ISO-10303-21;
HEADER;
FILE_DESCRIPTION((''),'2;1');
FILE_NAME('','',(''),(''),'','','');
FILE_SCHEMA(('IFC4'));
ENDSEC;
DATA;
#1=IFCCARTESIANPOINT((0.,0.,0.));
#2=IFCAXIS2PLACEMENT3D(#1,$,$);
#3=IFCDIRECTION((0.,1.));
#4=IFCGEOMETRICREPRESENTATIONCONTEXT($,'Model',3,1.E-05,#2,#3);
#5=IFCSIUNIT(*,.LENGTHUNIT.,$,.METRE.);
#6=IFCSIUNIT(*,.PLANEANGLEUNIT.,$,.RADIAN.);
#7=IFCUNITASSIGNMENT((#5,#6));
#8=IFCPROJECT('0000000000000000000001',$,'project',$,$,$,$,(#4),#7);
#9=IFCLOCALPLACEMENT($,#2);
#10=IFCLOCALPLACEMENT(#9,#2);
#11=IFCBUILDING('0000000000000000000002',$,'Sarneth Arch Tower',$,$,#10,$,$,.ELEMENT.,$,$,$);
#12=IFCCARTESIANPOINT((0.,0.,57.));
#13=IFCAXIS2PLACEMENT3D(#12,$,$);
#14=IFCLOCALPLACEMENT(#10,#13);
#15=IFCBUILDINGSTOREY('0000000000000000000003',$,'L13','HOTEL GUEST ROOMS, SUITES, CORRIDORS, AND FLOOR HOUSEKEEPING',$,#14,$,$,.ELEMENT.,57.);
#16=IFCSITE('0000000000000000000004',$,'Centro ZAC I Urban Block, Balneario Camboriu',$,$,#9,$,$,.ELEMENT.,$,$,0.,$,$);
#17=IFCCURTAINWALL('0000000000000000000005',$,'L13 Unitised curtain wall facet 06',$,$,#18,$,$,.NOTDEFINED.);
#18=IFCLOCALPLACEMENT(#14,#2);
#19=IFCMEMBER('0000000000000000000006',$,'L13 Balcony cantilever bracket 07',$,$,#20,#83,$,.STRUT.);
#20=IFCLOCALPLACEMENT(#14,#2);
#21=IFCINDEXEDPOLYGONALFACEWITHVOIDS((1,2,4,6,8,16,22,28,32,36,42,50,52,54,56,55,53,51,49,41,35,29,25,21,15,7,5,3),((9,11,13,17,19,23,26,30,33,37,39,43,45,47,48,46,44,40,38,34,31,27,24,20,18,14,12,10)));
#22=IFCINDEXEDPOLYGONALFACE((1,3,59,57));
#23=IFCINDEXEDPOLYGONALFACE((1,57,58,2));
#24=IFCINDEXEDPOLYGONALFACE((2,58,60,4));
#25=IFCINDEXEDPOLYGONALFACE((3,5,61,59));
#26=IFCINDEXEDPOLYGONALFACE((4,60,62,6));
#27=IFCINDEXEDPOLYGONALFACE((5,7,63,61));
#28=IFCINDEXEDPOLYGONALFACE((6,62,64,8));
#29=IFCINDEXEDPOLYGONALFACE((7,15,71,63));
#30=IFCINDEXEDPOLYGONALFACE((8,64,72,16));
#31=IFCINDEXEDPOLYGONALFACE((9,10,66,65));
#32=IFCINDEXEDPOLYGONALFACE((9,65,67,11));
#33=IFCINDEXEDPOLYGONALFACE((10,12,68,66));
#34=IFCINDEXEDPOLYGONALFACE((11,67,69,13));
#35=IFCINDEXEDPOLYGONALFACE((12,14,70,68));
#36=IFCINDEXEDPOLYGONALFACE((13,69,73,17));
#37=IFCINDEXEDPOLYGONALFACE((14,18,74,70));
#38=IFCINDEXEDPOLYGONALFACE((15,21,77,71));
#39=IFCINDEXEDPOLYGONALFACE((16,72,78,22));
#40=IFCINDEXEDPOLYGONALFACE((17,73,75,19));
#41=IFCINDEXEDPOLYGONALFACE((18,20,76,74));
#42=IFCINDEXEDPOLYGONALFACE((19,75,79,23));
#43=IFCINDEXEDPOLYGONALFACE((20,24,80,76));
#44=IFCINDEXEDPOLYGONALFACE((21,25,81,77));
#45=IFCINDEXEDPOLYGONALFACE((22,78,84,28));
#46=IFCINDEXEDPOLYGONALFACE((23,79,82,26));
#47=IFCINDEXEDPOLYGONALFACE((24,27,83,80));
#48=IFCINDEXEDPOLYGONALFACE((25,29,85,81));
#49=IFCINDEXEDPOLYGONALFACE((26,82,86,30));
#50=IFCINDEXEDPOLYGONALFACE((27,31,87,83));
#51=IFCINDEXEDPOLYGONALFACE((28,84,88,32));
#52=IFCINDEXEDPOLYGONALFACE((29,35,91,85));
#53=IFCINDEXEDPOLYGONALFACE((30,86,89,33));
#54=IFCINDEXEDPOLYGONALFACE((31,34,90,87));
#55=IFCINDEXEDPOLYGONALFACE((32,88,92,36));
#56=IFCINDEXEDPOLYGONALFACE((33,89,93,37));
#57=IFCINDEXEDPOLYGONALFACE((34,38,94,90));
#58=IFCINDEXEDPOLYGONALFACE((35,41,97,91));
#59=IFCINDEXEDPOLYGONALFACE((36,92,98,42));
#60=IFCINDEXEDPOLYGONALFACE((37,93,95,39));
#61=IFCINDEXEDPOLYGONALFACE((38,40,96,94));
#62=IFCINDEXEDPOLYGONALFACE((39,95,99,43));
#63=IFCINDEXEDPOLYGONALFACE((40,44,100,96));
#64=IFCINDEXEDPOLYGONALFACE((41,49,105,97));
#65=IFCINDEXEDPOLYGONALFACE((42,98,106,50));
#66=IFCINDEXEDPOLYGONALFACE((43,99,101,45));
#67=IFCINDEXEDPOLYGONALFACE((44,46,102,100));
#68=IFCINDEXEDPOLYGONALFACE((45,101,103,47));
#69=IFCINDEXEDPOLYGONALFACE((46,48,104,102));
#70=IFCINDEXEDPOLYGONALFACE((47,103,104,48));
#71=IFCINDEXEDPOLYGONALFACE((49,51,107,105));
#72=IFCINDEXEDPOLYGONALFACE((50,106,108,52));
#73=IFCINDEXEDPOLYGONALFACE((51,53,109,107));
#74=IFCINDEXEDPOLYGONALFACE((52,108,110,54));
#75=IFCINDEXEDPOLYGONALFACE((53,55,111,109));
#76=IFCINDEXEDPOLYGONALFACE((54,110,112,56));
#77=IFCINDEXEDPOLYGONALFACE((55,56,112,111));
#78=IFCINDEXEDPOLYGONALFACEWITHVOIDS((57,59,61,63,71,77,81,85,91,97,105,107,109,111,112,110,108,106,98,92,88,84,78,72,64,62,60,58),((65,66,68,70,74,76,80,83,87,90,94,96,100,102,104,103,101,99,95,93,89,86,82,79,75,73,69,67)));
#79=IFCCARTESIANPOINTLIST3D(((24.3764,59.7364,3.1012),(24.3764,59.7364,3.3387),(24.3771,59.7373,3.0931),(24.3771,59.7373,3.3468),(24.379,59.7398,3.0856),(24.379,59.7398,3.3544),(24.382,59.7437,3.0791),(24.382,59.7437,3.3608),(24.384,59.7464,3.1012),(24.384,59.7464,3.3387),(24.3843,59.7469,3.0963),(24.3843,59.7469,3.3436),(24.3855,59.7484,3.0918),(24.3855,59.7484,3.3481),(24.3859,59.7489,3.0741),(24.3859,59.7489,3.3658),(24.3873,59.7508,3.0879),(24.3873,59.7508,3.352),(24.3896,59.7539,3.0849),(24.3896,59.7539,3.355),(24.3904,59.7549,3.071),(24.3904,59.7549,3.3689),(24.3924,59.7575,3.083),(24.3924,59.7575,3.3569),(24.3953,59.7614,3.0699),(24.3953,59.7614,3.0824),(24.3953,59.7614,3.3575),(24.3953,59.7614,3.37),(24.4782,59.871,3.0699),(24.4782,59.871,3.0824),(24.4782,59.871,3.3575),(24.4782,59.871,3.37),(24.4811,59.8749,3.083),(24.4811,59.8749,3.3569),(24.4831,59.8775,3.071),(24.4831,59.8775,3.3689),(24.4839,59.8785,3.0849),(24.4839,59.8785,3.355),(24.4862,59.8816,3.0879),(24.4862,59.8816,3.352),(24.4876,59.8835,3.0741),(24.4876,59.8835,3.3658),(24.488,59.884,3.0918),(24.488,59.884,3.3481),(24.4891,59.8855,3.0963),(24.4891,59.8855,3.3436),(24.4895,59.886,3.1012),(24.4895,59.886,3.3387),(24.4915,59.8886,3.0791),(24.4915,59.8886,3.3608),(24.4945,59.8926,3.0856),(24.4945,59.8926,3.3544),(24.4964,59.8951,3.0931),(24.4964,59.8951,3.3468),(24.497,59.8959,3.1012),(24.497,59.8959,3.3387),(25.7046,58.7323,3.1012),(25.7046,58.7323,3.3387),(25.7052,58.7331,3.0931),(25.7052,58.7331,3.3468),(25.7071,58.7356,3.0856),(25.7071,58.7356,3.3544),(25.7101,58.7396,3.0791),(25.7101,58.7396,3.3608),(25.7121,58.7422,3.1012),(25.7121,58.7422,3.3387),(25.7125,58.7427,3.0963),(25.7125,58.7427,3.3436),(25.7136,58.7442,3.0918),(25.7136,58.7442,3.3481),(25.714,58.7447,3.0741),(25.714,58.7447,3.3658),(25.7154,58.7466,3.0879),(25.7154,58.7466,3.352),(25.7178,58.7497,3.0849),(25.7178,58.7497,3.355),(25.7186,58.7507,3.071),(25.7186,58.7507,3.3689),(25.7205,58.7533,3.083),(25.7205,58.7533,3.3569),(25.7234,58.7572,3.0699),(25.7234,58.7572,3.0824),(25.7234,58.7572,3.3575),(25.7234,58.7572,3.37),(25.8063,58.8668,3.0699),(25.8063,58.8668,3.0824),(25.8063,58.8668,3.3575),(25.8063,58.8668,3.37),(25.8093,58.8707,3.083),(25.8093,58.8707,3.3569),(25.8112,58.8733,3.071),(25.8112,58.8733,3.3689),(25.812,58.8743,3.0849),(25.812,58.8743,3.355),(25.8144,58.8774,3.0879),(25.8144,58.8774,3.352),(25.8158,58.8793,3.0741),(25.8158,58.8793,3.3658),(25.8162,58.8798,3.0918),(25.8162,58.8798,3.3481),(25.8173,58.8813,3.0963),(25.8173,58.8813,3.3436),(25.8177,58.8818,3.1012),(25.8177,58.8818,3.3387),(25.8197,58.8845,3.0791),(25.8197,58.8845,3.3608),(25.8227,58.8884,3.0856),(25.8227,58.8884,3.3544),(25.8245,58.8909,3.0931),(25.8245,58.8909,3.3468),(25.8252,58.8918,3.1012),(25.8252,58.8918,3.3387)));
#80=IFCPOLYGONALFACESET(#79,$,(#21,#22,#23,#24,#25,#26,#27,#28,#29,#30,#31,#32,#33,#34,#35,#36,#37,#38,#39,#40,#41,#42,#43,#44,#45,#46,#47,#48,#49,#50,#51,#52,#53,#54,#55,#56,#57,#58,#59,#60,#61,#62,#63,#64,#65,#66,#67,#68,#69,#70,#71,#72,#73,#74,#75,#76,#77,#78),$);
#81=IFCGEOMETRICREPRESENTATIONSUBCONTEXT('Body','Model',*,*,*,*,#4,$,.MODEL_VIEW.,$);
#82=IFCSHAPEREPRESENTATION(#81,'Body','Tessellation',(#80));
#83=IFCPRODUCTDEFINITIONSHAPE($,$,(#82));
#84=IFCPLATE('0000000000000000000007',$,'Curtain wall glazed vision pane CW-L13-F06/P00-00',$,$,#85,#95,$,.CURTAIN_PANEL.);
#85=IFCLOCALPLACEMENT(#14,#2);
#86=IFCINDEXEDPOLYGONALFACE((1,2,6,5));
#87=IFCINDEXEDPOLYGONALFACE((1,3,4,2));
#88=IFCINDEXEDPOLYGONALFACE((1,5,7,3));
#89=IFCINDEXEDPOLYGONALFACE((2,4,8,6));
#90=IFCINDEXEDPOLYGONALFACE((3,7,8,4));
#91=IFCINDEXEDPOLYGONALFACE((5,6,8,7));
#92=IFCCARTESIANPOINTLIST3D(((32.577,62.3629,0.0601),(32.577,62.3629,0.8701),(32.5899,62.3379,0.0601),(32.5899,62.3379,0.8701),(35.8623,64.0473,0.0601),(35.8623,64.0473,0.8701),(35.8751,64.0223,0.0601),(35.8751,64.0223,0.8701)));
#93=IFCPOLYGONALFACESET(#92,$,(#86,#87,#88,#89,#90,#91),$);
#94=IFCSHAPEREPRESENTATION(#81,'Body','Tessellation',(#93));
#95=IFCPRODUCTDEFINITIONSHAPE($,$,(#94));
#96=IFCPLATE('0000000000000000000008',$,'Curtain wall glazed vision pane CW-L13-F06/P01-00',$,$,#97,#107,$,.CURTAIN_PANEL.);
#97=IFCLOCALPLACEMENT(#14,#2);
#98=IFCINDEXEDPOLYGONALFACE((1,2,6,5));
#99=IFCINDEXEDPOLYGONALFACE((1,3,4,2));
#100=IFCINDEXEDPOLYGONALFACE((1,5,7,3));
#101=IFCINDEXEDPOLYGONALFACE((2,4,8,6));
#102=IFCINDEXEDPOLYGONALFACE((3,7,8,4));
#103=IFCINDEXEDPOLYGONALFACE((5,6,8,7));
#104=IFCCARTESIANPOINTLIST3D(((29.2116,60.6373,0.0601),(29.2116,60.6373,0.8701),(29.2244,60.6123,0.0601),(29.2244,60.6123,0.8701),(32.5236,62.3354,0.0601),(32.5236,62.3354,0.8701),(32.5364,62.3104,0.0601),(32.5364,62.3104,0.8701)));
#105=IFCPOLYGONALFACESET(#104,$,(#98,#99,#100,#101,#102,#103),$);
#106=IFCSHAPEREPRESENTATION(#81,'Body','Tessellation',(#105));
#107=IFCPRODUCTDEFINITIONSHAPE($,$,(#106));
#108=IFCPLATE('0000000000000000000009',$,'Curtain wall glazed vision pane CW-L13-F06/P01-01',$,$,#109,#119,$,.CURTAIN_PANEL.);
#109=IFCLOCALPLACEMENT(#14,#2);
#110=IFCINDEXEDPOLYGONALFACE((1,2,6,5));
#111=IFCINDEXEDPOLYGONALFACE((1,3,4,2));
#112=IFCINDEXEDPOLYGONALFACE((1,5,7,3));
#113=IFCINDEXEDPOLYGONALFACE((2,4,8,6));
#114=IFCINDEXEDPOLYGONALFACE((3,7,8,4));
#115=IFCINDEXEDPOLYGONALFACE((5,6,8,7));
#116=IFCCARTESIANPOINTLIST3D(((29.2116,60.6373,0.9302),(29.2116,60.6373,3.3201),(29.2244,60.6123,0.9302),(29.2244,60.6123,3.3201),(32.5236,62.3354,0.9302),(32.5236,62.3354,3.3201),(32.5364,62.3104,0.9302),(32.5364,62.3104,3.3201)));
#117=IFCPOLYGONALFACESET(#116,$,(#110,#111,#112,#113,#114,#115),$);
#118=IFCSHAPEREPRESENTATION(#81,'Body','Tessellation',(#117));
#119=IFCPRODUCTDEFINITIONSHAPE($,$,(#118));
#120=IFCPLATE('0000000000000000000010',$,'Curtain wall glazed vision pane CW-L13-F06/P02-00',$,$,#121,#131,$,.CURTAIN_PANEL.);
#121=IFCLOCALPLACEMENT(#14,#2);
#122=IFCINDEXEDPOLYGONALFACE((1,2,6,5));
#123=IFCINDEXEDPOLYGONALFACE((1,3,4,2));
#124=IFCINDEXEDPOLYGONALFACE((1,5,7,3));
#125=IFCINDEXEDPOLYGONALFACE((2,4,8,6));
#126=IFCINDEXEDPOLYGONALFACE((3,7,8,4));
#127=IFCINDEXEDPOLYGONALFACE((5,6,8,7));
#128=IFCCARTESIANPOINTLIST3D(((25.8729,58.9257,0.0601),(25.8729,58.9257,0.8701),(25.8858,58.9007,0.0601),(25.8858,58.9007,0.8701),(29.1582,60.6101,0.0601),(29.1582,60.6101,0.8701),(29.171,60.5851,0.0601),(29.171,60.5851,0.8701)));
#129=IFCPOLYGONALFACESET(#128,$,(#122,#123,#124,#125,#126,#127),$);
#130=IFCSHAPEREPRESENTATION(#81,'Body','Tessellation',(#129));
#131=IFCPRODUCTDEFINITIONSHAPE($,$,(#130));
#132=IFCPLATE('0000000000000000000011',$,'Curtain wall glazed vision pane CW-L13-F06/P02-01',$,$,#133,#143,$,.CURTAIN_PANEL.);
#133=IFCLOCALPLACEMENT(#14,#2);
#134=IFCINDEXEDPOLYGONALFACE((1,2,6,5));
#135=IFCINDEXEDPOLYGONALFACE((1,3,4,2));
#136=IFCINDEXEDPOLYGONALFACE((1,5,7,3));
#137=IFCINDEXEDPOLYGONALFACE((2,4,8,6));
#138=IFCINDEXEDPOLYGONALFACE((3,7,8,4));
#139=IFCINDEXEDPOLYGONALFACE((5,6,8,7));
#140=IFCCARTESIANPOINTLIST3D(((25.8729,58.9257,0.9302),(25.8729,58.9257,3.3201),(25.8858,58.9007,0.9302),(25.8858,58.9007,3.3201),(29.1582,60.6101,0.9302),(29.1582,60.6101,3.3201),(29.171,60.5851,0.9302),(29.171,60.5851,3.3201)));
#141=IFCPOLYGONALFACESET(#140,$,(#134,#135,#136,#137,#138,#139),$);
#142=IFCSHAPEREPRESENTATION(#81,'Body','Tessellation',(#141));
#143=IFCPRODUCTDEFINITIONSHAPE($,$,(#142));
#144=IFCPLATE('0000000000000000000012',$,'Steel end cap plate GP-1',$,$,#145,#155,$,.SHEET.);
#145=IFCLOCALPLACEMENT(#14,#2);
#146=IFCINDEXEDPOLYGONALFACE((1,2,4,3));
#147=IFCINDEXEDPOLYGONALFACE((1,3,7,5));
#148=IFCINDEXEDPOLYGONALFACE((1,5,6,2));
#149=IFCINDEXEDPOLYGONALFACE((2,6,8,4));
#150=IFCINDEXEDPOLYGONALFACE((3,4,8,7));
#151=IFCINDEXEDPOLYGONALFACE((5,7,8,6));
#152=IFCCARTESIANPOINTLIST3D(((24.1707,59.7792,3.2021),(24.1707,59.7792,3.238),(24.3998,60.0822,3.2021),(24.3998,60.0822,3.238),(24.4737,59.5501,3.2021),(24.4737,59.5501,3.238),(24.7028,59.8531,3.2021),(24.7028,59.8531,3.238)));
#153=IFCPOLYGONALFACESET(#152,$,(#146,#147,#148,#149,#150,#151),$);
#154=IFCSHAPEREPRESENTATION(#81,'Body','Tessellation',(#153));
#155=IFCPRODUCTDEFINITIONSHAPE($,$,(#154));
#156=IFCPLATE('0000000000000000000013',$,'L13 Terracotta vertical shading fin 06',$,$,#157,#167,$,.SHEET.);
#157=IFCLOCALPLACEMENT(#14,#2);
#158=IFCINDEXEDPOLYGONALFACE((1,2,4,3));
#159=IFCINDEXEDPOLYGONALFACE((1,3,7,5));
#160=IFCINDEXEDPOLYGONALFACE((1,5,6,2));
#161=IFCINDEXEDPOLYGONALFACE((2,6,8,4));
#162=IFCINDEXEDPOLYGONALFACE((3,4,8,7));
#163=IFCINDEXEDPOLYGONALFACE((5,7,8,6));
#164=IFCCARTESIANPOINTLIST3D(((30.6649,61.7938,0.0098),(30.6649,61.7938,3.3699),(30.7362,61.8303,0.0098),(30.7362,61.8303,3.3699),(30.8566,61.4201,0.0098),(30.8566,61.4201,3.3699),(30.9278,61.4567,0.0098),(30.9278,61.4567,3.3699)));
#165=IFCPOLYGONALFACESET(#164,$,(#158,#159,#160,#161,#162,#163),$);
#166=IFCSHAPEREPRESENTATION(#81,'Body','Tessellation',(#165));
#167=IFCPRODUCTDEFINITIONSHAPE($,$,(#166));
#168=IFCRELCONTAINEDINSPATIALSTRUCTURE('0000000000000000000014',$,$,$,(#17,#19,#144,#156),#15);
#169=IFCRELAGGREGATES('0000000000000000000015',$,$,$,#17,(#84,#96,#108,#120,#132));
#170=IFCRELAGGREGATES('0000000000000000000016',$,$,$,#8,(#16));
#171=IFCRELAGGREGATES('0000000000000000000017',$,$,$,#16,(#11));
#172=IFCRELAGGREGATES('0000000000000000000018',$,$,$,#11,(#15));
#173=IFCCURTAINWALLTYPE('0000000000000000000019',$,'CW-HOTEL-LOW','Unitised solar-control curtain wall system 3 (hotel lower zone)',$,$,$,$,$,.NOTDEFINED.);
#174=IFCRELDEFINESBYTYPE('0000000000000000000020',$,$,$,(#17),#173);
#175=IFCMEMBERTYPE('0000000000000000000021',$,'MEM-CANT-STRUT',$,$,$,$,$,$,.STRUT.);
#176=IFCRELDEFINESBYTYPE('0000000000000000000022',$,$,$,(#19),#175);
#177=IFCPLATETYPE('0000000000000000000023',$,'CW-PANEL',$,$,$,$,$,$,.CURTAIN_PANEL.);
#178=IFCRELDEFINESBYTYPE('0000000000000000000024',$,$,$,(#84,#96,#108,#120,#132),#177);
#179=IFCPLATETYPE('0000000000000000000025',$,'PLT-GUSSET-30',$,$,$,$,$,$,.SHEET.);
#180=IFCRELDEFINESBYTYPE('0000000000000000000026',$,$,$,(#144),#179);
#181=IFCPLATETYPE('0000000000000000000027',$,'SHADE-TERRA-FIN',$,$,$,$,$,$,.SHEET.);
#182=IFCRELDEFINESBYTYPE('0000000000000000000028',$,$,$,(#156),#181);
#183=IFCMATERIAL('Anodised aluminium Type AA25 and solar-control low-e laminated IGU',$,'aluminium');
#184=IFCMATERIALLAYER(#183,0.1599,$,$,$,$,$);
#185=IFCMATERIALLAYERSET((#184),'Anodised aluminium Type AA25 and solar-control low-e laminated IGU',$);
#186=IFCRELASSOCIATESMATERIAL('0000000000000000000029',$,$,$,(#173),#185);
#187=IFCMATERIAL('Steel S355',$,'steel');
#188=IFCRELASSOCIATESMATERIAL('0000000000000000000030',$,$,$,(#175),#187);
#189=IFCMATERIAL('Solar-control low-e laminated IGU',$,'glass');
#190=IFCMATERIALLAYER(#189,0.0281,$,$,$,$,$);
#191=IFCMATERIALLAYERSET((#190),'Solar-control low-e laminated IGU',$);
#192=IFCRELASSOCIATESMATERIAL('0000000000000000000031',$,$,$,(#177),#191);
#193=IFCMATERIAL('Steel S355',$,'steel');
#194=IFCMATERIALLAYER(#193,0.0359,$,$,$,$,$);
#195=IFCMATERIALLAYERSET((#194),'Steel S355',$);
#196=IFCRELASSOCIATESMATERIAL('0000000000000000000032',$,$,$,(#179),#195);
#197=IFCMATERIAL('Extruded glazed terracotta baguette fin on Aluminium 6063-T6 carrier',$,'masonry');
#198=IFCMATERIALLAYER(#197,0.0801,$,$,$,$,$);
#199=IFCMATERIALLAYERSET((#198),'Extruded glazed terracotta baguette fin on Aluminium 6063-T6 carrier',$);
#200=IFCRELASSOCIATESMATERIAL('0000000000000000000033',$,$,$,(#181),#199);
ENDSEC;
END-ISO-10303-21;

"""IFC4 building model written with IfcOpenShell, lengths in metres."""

from ifc_helpers import new_model, si_unit, direction, frame, origin, origin_2d, place, context, subcontext, project, spatial, rectangle, hollow_rectangle, extrude, material, layer, layer_set, material_profile, profile_set, type_object, element, aggregate, save


model = new_model("IFC4")

# Units and contexts
model_context = context("Model", 3, precision=1e-05, world=origin(), true_north=direction((0.0, 1.0)))
body_context = subcontext(model_context, "Body", "Model", "MODEL_VIEW")
ifc_project = project(units=[si_unit("LENGTHUNIT", "METRE"), si_unit("PLANEANGLEUNIT", "RADIAN")], contexts=[model_context])

# Site, building, storey
site_placement = place(None, origin())
site = spatial("IfcSite", under=ifc_project, at=site_placement, Name="Centro ZAC I Urban Block, Balneario Camboriu", CompositionType="ELEMENT", RefElevation=0.0)
building_placement = place(site_placement, origin())
building = spatial("IfcBuilding", under=site, at=building_placement, Name="Sarneth Arch Tower", CompositionType="ELEMENT")
storey_placement = place(building_placement, frame((0.0, 0.0, 57.0)))
storey = spatial("IfcBuildingStorey", under=building, at=storey_placement, Name="L13", Description="HOTEL GUEST ROOMS, SUITES, CORRIDORS, AND FLOOR HOUSEKEEPING", CompositionType="ELEMENT", Elevation=57.0)

# Curtain wall
ifc_material_1 = material(Name="Anodised aluminium Type AA25 and solar-control low-e laminated IGU", Category="aluminium")
ifc_layer_1 = layer(ifc_material_1, 0.1599)
ifc_layer_set_1 = layer_set([ifc_layer_1], Name="Anodised aluminium Type AA25 and solar-control low-e laminated IGU")
curtain_wall_type = type_object("IfcCurtainWallType", Name="CW-HOTEL-LOW", Description="Unitised solar-control curtain wall system 3 (hotel lower zone)", PredefinedType="NOTDEFINED", material=ifc_layer_set_1)
curtain_wall_placement = place(storey_placement, origin())
curtain_wall = element("IfcCurtainWall", 1, at=curtain_wall_placement, inside=storey, type_object=curtain_wall_type, Name="L13 Unitised curtain wall facet 06", PredefinedType="NOTDEFINED")

# Member
ifc_material_2 = material(Name="Steel S355", Category="steel")
ifc_material_profile_1 = material_profile(ifc_material_2, hollow_rectangle(XDim=0.2, YDim=0.3, WallThickness=0.0125, InnerFilletRadius=0.0188, OuterFilletRadius=0.0312, at=origin_2d()), Name="RHS300x200x12.5")
ifc_profile_set_1 = profile_set([ifc_material_profile_1], Name="Steel S355")
member_type_1 = type_object("IfcMemberType", Name="MEM-CANT-STRUT", PredefinedType="STRUT", material=ifc_profile_set_1)
member_1_placement = place(storey_placement, frame((25.7649, 58.812, 3.22), z_axis=(-0.797671, 0.603092, 0.0), x_axis=(-0.603092, -0.797671, 0.0)))
element("IfcMember", 2, at=member_1_placement, inside=storey, type_object=member_type_1, Name="L13 Balcony cantilever bracket 07", PredefinedType="STRUT", context=body_context, shape_type="SweptSolid", body=[
    extrude(hollow_rectangle(XDim=0.2, YDim=0.3, WallThickness=0.0125, InnerFilletRadius=0.0188, OuterFilletRadius=0.0312, at=origin_2d()), origin(), (0.0, 0.0, 1.0), 1.665),
])

# Plates
ifc_material_3 = material(Name="Solar-control low-e laminated IGU", Category="glass")
ifc_layer_2 = layer(ifc_material_3, 0.0281)
ifc_layer_set_2 = layer_set([ifc_layer_2], Name="Solar-control low-e laminated IGU")
plate_type_1 = type_object("IfcPlateType", Name="CW-PANEL", PredefinedType="CURTAIN_PANEL", material=ifc_layer_set_2)
plate_1_placement = place(storey_placement, frame((34.2261, 63.1926, 0.0601), z_axis=(0.0, 0.0, 1.0), x_axis=(-0.889854, -0.456245, 0.0)))
plate_1 = element("IfcPlate", 3, at=plate_1_placement, type_object=plate_type_1, Name="Curtain wall glazed vision pane CW-L13-F06/P00-00", PredefinedType="CURTAIN_PANEL", context=body_context, shape_type="SweptSolid", body=[
    extrude(rectangle(XDim=3.6919, YDim=0.0281, at=origin_2d()), origin(), (0.0, 0.0, 1.0), 0.8101),
])
plate_2_placement = place(storey_placement, frame((30.874, 61.4739, 0.0601), z_axis=(0.0, 0.0, 1.0), x_axis=(-0.889854, -0.456245, 0.0)))
plate_2 = element("IfcPlate", 4, at=plate_2_placement, type_object=plate_type_1, Name="Curtain wall glazed vision pane CW-L13-F06/P01-00", PredefinedType="CURTAIN_PANEL", context=body_context, shape_type="SweptSolid", body=[
    extrude(rectangle(XDim=3.7219, YDim=0.0281, at=origin_2d()), origin(), (0.0, 0.0, 1.0), 0.8101),
])
plate_3_placement = place(storey_placement, frame((30.874, 61.4739, 0.9302), z_axis=(0.0, 0.0, 1.0), x_axis=(-0.889854, -0.456245, 0.0)))
plate_3 = element("IfcPlate", 5, at=plate_3_placement, type_object=plate_type_1, Name="Curtain wall glazed vision pane CW-L13-F06/P01-01", PredefinedType="CURTAIN_PANEL", context=body_context, shape_type="SweptSolid", body=[
    extrude(rectangle(XDim=3.7219, YDim=0.0281, at=origin_2d()), origin(), (0.0, 0.0, 1.0), 2.3899),
])
plate_4_placement = place(storey_placement, frame((27.522, 59.7554, 0.0601), z_axis=(0.0, 0.0, 1.0), x_axis=(-0.889854, -0.456245, 0.0)))
plate_4 = element("IfcPlate", 6, at=plate_4_placement, type_object=plate_type_1, Name="Curtain wall glazed vision pane CW-L13-F06/P02-00", PredefinedType="CURTAIN_PANEL", context=body_context, shape_type="SweptSolid", body=[
    extrude(rectangle(XDim=3.6919, YDim=0.0281, at=origin_2d()), origin(), (0.0, 0.0, 1.0), 0.8101),
])
plate_5_placement = place(storey_placement, frame((27.522, 59.7554, 0.9302), z_axis=(0.0, 0.0, 1.0), x_axis=(-0.889854, -0.456245, 0.0)))
plate_5 = element("IfcPlate", 7, at=plate_5_placement, type_object=plate_type_1, Name="Curtain wall glazed vision pane CW-L13-F06/P02-01", PredefinedType="CURTAIN_PANEL", context=body_context, shape_type="SweptSolid", body=[
    extrude(rectangle(XDim=3.6919, YDim=0.0281, at=origin_2d()), origin(), (0.0, 0.0, 1.0), 2.3899),
])
aggregate(curtain_wall, [plate_1, plate_2, plate_3, plate_4, plate_5])

# Plates
ifc_material_4 = material(Name="Steel S355", Category="steel")
ifc_layer_3 = layer(ifc_material_4, 0.0359)
ifc_layer_set_3 = layer_set([ifc_layer_3], Name="Steel S355")
plate_type_2 = type_object("IfcPlateType", Name="PLT-GUSSET-30", PredefinedType="SHEET", material=ifc_layer_set_3)
plate_6_placement = place(storey_placement, frame((24.4368, 59.8162, 3.2021), z_axis=(0.0, 0.0, 1.0), x_axis=(-0.797689, 0.603069, 0.0)))
element("IfcPlate", 8, at=plate_6_placement, inside=storey, type_object=plate_type_2, Name="Steel end cap plate GP-1", PredefinedType="SHEET", context=body_context, shape_type="SweptSolid", body=[
    extrude(rectangle(XDim=0.3799, YDim=0.3799, at=origin_2d()), origin(), (0.0, 0.0, 1.0), 0.0359),
])
ifc_material_5 = material(Name="Extruded glazed terracotta baguette fin on Aluminium 6063-T6 carrier", Category="masonry")
ifc_layer_4 = layer(ifc_material_5, 0.0801)
ifc_layer_set_4 = layer_set([ifc_layer_4], Name="Extruded glazed terracotta baguette fin on Aluminium 6063-T6 carrier")
plate_type_3 = type_object("IfcPlateType", Name="SHADE-TERRA-FIN", PredefinedType="SHEET", material=ifc_layer_set_4)
plate_7_placement = place(storey_placement, frame((30.7964, 61.6252, 0.0098), z_axis=(0.0, 0.0, 1.0), x_axis=(-0.456322, 0.889815, 0.0)))
element("IfcPlate", 9, at=plate_7_placement, inside=storey, type_object=plate_type_3, Name="L13 Terracotta vertical shading fin 06", PredefinedType="SHEET", context=body_context, shape_type="SweptSolid", body=[
    extrude(rectangle(XDim=0.4199, YDim=0.0801, at=origin_2d()), origin(), (0.0, 0.0, 1.0), 3.3601),
])

save(model, "model.ifc")
